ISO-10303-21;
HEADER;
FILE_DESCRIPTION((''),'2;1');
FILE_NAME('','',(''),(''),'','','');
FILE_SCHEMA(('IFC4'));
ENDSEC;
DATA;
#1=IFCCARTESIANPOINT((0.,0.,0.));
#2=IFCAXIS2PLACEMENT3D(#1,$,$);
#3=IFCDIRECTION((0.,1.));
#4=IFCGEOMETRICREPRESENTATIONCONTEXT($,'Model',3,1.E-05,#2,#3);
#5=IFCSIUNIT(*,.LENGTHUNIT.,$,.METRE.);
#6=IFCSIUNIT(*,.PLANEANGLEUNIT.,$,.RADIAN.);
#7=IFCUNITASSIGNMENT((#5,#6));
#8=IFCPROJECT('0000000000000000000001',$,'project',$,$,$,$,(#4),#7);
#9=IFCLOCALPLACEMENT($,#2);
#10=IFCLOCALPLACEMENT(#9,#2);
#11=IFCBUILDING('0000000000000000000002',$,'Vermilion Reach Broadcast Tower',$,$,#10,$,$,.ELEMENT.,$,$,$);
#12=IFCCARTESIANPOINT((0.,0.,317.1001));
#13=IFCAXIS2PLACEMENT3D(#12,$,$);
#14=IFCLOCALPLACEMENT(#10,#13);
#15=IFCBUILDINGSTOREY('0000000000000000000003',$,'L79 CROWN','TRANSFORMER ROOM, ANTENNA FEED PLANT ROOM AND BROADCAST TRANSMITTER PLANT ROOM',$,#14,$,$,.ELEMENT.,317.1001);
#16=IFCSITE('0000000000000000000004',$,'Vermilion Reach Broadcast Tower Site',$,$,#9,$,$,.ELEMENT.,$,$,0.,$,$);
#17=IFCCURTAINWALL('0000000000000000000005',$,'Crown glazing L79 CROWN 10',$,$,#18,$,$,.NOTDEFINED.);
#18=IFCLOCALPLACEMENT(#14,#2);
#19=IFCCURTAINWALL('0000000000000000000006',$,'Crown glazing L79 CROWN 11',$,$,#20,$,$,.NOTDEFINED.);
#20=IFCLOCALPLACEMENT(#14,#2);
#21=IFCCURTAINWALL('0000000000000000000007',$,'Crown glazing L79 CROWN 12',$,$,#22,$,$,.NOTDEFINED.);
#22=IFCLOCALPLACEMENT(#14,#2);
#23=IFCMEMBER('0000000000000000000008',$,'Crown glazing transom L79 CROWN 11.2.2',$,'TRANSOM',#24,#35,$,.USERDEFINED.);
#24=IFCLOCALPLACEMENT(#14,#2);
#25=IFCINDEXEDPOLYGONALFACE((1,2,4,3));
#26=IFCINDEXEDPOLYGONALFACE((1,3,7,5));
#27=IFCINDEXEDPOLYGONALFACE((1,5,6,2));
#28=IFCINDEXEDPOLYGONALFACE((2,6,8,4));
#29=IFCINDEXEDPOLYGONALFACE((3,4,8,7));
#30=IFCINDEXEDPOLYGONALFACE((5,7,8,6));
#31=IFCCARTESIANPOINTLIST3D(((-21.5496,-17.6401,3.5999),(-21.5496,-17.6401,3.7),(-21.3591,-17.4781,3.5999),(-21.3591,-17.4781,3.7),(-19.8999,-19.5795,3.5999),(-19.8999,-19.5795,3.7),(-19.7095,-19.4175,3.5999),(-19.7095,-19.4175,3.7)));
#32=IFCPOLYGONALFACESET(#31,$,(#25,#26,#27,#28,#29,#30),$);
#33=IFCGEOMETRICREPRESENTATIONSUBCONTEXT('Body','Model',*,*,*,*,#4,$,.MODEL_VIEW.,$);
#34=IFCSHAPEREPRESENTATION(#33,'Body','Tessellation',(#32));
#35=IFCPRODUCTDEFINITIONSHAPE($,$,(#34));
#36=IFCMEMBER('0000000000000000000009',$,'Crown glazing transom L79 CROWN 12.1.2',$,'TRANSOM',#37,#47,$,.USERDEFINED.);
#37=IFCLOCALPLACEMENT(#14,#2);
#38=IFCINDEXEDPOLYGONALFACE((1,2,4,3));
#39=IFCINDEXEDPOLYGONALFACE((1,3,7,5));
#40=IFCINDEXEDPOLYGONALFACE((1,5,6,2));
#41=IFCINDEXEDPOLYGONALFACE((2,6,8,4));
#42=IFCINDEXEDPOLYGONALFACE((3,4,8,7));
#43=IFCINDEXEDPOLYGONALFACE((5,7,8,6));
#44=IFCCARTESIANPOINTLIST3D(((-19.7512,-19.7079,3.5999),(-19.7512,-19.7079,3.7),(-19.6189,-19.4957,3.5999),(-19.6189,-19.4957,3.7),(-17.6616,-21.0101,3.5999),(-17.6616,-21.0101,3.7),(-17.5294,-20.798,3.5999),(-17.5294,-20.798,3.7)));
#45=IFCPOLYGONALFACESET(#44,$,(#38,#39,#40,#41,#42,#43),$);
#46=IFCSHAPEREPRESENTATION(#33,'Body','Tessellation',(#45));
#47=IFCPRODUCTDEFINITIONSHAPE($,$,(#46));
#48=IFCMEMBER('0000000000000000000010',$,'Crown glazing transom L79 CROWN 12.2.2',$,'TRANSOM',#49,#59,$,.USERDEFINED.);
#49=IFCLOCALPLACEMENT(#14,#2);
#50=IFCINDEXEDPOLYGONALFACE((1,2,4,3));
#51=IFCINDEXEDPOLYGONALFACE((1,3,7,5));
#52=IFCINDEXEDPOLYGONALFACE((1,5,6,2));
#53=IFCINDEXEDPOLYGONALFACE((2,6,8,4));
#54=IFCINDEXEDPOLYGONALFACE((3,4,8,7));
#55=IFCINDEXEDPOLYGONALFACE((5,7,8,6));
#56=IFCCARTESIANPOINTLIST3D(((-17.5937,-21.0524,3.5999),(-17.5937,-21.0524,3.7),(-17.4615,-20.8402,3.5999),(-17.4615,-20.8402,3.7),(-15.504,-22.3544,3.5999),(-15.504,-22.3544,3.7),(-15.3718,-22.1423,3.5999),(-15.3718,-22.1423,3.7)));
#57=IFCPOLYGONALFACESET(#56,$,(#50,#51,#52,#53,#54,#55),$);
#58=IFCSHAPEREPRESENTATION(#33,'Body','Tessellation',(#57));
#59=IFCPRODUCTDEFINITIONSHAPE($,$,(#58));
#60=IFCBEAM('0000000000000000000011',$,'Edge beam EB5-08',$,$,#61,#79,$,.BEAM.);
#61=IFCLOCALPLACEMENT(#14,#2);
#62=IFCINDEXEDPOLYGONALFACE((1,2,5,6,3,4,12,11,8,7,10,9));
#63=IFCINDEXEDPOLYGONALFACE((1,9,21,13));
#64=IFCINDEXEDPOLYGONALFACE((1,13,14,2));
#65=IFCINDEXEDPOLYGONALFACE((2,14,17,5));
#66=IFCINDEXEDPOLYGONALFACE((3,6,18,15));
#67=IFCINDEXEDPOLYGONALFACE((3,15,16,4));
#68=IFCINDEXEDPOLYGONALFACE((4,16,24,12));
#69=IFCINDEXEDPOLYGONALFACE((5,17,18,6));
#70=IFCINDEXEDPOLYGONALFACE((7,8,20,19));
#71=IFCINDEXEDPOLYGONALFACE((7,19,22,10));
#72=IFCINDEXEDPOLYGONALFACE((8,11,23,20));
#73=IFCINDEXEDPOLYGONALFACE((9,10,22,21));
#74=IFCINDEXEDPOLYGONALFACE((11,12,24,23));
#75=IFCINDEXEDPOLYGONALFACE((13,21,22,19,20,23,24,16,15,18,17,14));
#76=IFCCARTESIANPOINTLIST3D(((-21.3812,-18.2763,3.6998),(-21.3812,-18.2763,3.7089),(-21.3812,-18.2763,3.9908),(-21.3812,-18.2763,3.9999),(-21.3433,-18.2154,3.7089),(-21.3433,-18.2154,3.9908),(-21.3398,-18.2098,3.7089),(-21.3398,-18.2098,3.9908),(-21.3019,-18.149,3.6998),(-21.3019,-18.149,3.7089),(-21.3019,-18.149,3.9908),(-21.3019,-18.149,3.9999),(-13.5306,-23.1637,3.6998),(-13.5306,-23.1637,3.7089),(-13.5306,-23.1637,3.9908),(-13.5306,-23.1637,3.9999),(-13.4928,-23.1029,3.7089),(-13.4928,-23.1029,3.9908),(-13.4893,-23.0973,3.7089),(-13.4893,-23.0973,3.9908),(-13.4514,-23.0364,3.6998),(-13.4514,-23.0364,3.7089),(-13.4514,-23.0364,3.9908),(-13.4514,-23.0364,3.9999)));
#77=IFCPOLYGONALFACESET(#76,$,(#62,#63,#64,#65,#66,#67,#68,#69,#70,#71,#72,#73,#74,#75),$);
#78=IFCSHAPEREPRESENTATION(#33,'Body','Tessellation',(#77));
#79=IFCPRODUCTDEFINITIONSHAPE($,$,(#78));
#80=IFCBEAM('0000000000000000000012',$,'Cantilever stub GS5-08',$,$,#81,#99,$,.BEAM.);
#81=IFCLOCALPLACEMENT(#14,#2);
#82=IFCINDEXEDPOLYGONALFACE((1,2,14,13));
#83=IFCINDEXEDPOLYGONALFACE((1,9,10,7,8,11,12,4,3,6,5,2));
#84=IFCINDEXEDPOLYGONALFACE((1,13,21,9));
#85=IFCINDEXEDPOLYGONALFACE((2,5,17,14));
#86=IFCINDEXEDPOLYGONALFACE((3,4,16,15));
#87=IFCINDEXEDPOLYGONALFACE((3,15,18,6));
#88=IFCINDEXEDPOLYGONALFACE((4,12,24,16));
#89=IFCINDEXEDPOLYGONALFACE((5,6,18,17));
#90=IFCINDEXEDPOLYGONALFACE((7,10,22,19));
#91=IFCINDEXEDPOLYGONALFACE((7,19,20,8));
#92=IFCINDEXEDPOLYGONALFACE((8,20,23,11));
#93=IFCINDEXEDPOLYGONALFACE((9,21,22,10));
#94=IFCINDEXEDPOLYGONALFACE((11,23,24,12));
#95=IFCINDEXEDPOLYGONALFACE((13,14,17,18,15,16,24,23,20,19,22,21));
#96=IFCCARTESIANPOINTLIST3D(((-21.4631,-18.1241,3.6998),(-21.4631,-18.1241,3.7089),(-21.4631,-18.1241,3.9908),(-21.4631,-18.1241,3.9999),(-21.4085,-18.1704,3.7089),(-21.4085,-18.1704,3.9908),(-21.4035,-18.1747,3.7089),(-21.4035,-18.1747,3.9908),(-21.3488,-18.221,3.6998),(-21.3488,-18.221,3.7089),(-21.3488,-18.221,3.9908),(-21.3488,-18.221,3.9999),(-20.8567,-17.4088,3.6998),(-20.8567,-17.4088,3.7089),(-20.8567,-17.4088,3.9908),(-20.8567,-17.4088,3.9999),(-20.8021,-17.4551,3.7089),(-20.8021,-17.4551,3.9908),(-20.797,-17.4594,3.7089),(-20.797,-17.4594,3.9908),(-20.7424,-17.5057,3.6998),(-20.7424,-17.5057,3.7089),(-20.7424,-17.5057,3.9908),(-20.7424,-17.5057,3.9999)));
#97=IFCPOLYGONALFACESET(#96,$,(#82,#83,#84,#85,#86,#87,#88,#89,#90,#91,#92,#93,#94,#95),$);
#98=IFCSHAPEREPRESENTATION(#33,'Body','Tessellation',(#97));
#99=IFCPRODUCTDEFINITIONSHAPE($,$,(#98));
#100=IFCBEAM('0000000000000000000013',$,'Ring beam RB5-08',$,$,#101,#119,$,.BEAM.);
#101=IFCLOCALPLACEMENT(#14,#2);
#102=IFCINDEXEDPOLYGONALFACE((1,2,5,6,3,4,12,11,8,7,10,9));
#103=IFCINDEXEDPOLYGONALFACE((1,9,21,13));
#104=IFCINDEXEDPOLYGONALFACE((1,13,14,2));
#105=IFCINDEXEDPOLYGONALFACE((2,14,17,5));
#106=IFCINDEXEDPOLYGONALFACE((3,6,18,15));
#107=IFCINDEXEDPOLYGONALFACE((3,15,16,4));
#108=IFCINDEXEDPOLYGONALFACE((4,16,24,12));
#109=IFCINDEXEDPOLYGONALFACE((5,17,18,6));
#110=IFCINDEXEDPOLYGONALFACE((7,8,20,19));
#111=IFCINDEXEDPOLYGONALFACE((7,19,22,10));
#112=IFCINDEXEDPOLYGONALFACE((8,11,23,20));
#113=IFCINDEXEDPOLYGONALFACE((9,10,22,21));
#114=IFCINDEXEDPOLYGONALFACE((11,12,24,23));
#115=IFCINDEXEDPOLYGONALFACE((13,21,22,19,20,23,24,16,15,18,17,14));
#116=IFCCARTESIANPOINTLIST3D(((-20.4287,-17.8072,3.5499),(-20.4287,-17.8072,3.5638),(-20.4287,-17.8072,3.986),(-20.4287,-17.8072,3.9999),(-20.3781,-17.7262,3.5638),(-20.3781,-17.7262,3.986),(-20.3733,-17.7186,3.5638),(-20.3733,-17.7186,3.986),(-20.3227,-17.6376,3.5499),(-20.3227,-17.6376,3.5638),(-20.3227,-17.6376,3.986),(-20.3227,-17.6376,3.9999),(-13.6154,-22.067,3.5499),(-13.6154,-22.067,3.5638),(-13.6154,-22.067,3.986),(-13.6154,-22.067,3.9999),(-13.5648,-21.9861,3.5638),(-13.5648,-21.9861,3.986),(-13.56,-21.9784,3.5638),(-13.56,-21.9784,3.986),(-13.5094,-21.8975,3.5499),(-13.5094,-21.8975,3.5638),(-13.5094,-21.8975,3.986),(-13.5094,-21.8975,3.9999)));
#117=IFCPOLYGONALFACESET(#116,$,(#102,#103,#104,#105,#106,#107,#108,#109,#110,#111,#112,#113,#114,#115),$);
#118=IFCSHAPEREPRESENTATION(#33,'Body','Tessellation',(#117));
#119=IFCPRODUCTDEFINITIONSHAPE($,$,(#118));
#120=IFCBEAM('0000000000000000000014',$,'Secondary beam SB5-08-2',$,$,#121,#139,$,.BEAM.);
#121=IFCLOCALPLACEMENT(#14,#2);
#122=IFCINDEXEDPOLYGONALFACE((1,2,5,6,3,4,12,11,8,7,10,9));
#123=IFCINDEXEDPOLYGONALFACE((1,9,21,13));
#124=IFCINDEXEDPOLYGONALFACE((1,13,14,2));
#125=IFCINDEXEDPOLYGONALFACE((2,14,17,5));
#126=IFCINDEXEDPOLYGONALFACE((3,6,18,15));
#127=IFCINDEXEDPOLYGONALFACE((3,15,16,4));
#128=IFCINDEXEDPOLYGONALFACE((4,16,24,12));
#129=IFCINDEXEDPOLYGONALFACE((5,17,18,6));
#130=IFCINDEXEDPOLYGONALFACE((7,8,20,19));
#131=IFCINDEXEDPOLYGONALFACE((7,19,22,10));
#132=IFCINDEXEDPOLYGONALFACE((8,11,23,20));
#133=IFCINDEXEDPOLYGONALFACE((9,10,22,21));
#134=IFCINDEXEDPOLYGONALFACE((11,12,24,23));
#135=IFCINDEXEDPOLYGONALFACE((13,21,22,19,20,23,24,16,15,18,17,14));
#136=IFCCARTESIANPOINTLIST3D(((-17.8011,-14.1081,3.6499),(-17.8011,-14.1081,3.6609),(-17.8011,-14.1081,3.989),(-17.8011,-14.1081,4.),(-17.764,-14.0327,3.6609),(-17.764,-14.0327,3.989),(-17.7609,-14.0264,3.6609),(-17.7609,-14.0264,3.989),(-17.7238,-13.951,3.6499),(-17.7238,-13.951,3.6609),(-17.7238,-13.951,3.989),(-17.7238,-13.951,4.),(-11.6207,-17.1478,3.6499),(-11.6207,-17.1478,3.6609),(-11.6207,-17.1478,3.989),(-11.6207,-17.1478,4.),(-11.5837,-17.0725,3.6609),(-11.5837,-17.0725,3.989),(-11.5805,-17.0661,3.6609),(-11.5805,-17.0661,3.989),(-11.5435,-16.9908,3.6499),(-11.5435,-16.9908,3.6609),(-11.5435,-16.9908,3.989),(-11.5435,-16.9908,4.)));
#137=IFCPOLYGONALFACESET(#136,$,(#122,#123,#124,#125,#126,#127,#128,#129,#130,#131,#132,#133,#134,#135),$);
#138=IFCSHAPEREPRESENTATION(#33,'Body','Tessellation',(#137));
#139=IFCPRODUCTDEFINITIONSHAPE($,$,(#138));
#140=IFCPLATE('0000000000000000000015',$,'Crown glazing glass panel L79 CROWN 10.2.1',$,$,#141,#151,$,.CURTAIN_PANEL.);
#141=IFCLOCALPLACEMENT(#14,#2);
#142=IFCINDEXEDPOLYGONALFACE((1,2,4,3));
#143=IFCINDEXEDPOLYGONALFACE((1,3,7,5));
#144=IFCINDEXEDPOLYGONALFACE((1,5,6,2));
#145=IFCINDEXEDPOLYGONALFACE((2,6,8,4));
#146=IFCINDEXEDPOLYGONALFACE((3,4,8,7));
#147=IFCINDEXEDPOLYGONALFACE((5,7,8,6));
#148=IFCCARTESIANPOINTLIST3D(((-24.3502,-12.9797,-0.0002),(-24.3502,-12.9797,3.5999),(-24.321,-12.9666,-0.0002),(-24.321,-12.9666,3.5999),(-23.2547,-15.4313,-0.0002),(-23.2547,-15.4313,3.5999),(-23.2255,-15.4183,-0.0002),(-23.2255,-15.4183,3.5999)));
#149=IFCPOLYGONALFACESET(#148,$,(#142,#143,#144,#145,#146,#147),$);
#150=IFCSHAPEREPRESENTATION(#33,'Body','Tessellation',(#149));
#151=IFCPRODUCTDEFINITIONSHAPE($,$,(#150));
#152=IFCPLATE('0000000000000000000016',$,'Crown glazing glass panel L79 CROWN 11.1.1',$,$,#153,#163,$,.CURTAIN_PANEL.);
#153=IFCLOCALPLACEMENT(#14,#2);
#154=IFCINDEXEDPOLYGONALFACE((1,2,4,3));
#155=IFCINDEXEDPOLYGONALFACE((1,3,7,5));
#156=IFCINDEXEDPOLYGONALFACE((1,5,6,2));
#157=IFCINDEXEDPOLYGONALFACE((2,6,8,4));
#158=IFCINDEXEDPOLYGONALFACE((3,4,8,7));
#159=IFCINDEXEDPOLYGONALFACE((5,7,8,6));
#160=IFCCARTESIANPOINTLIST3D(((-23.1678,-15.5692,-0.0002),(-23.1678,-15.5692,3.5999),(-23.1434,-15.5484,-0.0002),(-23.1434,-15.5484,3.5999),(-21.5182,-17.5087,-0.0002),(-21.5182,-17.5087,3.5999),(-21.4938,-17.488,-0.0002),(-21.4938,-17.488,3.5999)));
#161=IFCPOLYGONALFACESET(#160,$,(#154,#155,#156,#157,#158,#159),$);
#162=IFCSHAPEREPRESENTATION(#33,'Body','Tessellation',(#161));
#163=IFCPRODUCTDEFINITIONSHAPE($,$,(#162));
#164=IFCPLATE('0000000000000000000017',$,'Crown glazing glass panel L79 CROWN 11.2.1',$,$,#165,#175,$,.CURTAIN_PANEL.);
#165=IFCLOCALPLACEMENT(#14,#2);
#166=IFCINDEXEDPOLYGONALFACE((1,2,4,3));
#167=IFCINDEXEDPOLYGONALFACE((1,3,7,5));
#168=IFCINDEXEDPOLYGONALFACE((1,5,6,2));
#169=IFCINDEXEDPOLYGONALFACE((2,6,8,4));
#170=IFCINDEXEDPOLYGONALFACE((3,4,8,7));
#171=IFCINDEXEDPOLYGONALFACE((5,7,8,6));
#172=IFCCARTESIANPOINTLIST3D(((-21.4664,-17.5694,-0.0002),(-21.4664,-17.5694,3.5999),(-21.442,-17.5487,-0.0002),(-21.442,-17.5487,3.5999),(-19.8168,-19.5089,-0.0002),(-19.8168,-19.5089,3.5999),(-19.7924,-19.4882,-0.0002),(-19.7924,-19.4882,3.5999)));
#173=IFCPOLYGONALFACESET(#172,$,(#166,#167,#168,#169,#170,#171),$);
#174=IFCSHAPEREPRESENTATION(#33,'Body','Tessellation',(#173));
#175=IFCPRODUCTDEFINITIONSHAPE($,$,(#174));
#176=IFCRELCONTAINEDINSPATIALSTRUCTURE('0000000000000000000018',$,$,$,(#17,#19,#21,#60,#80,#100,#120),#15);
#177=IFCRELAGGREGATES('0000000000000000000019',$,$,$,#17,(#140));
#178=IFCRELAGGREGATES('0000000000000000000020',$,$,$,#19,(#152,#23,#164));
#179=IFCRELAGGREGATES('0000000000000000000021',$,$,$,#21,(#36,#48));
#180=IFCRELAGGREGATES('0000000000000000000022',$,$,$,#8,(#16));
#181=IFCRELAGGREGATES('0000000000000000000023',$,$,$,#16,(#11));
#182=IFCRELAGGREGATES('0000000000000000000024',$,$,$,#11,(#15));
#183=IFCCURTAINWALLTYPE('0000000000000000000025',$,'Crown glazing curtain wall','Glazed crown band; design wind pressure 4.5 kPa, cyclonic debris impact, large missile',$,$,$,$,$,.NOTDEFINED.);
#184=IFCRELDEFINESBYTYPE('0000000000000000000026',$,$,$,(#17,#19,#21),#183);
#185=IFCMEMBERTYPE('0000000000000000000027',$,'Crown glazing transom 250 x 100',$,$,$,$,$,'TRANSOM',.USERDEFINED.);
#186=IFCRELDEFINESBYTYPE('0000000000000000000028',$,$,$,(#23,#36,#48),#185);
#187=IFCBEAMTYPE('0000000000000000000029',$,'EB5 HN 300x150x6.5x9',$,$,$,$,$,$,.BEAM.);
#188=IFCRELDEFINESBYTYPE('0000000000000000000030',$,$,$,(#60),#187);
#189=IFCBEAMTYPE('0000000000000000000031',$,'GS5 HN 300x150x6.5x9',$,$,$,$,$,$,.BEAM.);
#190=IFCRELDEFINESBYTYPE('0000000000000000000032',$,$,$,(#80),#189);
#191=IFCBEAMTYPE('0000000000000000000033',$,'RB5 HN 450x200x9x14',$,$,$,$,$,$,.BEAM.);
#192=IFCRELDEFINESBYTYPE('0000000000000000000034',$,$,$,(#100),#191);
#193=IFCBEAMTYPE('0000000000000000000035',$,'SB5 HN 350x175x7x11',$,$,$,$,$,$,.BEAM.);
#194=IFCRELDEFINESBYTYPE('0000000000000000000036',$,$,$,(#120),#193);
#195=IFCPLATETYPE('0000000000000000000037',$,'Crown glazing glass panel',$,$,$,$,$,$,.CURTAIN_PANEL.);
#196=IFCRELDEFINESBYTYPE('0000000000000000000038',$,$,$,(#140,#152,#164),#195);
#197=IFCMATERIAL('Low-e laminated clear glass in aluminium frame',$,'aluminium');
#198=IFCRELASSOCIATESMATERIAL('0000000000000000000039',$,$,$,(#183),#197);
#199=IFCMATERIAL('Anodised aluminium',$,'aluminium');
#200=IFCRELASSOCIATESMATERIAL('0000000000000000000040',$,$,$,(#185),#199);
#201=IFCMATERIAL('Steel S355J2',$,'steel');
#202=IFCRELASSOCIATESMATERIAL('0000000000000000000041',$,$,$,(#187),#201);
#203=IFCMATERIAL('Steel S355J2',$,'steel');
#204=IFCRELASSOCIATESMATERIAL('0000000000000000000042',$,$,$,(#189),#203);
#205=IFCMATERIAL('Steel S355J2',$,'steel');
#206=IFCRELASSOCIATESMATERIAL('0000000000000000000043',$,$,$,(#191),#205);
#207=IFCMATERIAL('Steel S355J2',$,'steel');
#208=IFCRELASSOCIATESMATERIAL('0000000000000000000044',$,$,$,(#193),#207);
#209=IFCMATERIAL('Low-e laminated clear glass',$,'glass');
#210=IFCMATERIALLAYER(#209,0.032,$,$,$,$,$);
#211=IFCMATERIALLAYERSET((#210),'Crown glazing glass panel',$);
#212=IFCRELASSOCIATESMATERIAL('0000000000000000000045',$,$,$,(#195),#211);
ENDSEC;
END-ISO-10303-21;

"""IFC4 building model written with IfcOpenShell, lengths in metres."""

from ifc_helpers import new_model, si_unit, direction, frame, origin, origin_2d, place, context, subcontext, project, spatial, rectangle, i_section, extrude, material, layer, layer_set, material_profile, profile_set, type_object, element, aggregate, save


model = new_model("IFC4")

# Units and contexts
model_context = context("Model", 3, precision=1e-05, world=origin(), true_north=direction((0.0, 1.0)))
body_context = subcontext(model_context, "Body", "Model", "MODEL_VIEW")
ifc_project = project(units=[si_unit("LENGTHUNIT", "METRE"), si_unit("PLANEANGLEUNIT", "RADIAN")], contexts=[model_context])

# Site, building, storey
site_placement = place(None, origin())
site = spatial("IfcSite", under=ifc_project, at=site_placement, Name="Vermilion Reach Broadcast Tower Site", CompositionType="ELEMENT", RefElevation=0.0)
building_placement = place(site_placement, origin())
building = spatial("IfcBuilding", under=site, at=building_placement, Name="Vermilion Reach Broadcast Tower", CompositionType="ELEMENT")
storey_placement = place(building_placement, frame((0.0, 0.0, 317.1001)))
storey = spatial("IfcBuildingStorey", under=building, at=storey_placement, Name="L79 CROWN", Description="TRANSFORMER ROOM, ANTENNA FEED PLANT ROOM AND BROADCAST TRANSMITTER PLANT ROOM", CompositionType="ELEMENT", Elevation=317.1001)

# Curtain wall
ifc_material_1 = material(Name="Low-e laminated clear glass in aluminium frame", Category="aluminium")
curtain_wall_type = type_object("IfcCurtainWallType", Name="Crown glazing curtain wall", Description="Glazed crown band; design wind pressure 4.5 kPa, cyclonic debris impact, large missile", PredefinedType="NOTDEFINED", material=ifc_material_1)
placement = place(storey_placement, origin())
curtain_wall_1 = element("IfcCurtainWall", 1, at=placement, inside=storey, type_object=curtain_wall_type, Name="Crown glazing L79 CROWN 10", PredefinedType="NOTDEFINED")

# Curtain walls
curtain_wall_2 = element("IfcCurtainWall", 2, at=placement, inside=storey, type_object=curtain_wall_type, Name="Crown glazing L79 CROWN 11", PredefinedType="NOTDEFINED")
curtain_wall_3 = element("IfcCurtainWall", 3, at=placement, inside=storey, type_object=curtain_wall_type, Name="Crown glazing L79 CROWN 12", PredefinedType="NOTDEFINED")

# Members
ifc_material_2 = material(Name="Anodised aluminium", Category="aluminium")
ifc_material_profile_1 = material_profile(ifc_material_2, rectangle(XDim=0.25, YDim=0.1001, at=origin_2d()), Name="Crown glazing transom 250 x 100")
ifc_profile_set_1 = profile_set([ifc_material_profile_1], Name="Anodised aluminium")
member_type_1 = type_object("IfcMemberType", Name="Crown glazing transom 250 x 100", ElementType="TRANSOM", PredefinedType="USERDEFINED", material=ifc_profile_set_1)
member_1_placement = place(storey_placement, frame((-21.4543, -17.5591, 3.6499), z_axis=(0.647904, -0.761722, 0.0), x_axis=(0.761722, 0.647904, 0.0)))
member_1 = element("IfcMember", 4, at=member_1_placement, type_object=member_type_1, Name="Crown glazing transom L79 CROWN 11.2.2", ObjectType="TRANSOM", PredefinedType="USERDEFINED", context=body_context, shape_type="SweptSolid", body=[
    extrude(rectangle(XDim=0.25, YDim=0.1001, at=origin_2d()), origin(), (0.0, 0.0, 1.0), 2.5461),
])
member_2_placement = place(storey_placement, frame((-19.6851, -19.6018, 3.6499), z_axis=(0.848683, -0.528902, 0.0), x_axis=(0.528902, 0.848683, 0.0)))
member_2 = element("IfcMember", 5, at=member_2_placement, type_object=member_type_1, Name="Crown glazing transom L79 CROWN 12.1.2", ObjectType="TRANSOM", PredefinedType="USERDEFINED", context=body_context, shape_type="SweptSolid", body=[
    extrude(rectangle(XDim=0.25, YDim=0.1001, at=origin_2d()), origin(), (0.0, 0.0, 1.0), 2.4622),
])
member_3_placement = place(storey_placement, frame((-17.5276, -20.9463, 3.6499), z_axis=(0.848727, -0.528831, 0.0), x_axis=(0.528831, 0.848727, 0.0)))
member_3 = element("IfcMember", 6, at=member_3_placement, type_object=member_type_1, Name="Crown glazing transom L79 CROWN 12.2.2", ObjectType="TRANSOM", PredefinedType="USERDEFINED", context=body_context, shape_type="SweptSolid", body=[
    extrude(rectangle(XDim=0.25, YDim=0.1001, at=origin_2d()), origin(), (0.0, 0.0, 1.0), 2.4622),
])

# Beams
ifc_material_3 = material(Name="Steel S355J2", Category="steel")
ifc_material_profile_2 = material_profile(ifc_material_3, i_section(OverallWidth=0.1499, OverallDepth=0.3, WebThickness=0.0066, FlangeThickness=0.009, at=origin_2d()), Name="S355J2 HN 300x150x6.5x9")
ifc_profile_set_2 = profile_set([ifc_material_profile_2], Name="Steel S355J2")
beam_type_1 = type_object("IfcBeamType", Name="EB5 HN 300x150x6.5x9", PredefinedType="BEAM", material=ifc_profile_set_2)
beam_1_placement = place(storey_placement, frame((-21.3416, -18.2126, 3.8499), z_axis=(0.848928, -0.528508, 0.0), x_axis=(0.528508, 0.848928, 0.0)))
element("IfcBeam", 7, at=beam_1_placement, inside=storey, type_object=beam_type_1, Name="Edge beam EB5-08", PredefinedType="BEAM", context=body_context, shape_type="SweptSolid", body=[
    extrude(i_section(OverallWidth=0.1499, OverallDepth=0.3, WebThickness=0.0066, FlangeThickness=0.009, at=origin_2d()), origin(), (0.0, 0.0, 1.0), 9.2476),
])
ifc_material_4 = material(Name="Steel S355J2", Category="steel")
ifc_material_profile_3 = material_profile(ifc_material_4, i_section(OverallWidth=0.1499, OverallDepth=0.3, WebThickness=0.0066, FlangeThickness=0.009, at=origin_2d()), Name="S355J2 HN 300x150x6.5x9")
ifc_profile_set_3 = profile_set([ifc_material_profile_3], Name="Steel S355J2")
beam_type_2 = type_object("IfcBeamType", Name="GS5 HN 300x150x6.5x9", PredefinedType="BEAM", material=ifc_profile_set_3)
beam_2_placement = place(storey_placement, frame((-20.7996, -17.4573, 3.8499), z_axis=(-0.646665, -0.762774, 0.0), x_axis=(0.762774, -0.646665, 0.0)))
element("IfcBeam", 8, at=beam_2_placement, inside=storey, type_object=beam_type_2, Name="Cantilever stub GS5-08", PredefinedType="BEAM", context=body_context, shape_type="SweptSolid", body=[
    extrude(i_section(OverallWidth=0.1499, OverallDepth=0.3, WebThickness=0.0066, FlangeThickness=0.009, at=origin_2d()), origin(), (0.0, 0.0, 1.0), 0.9377),
])
ifc_material_5 = material(Name="Steel S355J2", Category="steel")
ifc_material_profile_4 = material_profile(ifc_material_5, i_section(OverallWidth=0.2, OverallDepth=0.45, WebThickness=0.009, FlangeThickness=0.0139, at=origin_2d()), Name="S355J2 HN 450x200x9x14")
ifc_profile_set_4 = profile_set([ifc_material_profile_4], Name="Steel S355J2")
beam_type_3 = type_object("IfcBeamType", Name="RB5 HN 450x200x9x14", PredefinedType="BEAM", material=ifc_profile_set_4)
beam_3_placement = place(storey_placement, frame((-20.3757, -17.7224, 3.7749), z_axis=(0.847915, -0.530133, 0.0), x_axis=(0.530133, 0.847915, 0.0)))
element("IfcBeam", 9, at=beam_3_placement, inside=storey, type_object=beam_type_3, Name="Ring beam RB5-08", PredefinedType="BEAM", context=body_context, shape_type="SweptSolid", body=[
    extrude(i_section(OverallWidth=0.2, OverallDepth=0.45, WebThickness=0.009, FlangeThickness=0.0139, at=origin_2d()), origin(), (0.0, 0.0, 1.0), 8.0354),
])
ifc_material_6 = material(Name="Steel S355J2", Category="steel")
ifc_material_profile_5 = material_profile(ifc_material_6, i_section(OverallWidth=0.175, OverallDepth=0.3501, WebThickness=0.0071, FlangeThickness=0.011, at=origin_2d()), Name="S355J2 HN 350x175x7x11")
ifc_profile_set_5 = profile_set([ifc_material_profile_5], Name="Steel S355J2")
beam_type_4 = type_object("IfcBeamType", Name="SB5 HN 350x175x7x11", PredefinedType="BEAM", material=ifc_profile_set_5)
beam_4_placement = place(storey_placement, frame((-17.7625, -14.0295, 3.825), z_axis=(0.897336, -0.441348, 0.0), x_axis=(0.441348, 0.897336, 0.0)))
element("IfcBeam", 10, at=beam_4_placement, inside=storey, type_object=beam_type_4, Name="Secondary beam SB5-08-2", PredefinedType="BEAM", context=body_context, shape_type="SweptSolid", body=[
    extrude(i_section(OverallWidth=0.175, OverallDepth=0.3501, WebThickness=0.0071, FlangeThickness=0.011, at=origin_2d()), origin(), (0.0, 0.0, 1.0), 6.8875),
])

# Plates
ifc_material_7 = material(Name="Low-e laminated clear glass", Category="glass")
ifc_layer_1 = layer(ifc_material_7, 0.032)
ifc_layer_set_1 = layer_set([ifc_layer_1], Name="Crown glazing glass panel")
plate_type = type_object("IfcPlateType", Name="Crown glazing glass panel", PredefinedType="CURTAIN_PANEL", material=ifc_layer_set_1)
plate_1_placement = place(storey_placement, frame((-23.7878, -14.199, -0.0002), z_axis=(0.0, 0.0, 1.0), x_axis=(0.407985, -0.912989, 0.0)))
plate_1 = element("IfcPlate", 11, at=plate_1_placement, type_object=plate_type, Name="Crown glazing glass panel L79 CROWN 10.2.1", PredefinedType="CURTAIN_PANEL", context=body_context, shape_type="SweptSolid", body=[
    extrude(rectangle(XDim=2.6853, YDim=0.032, at=origin_2d()), origin(), (0.0, 0.0, 1.0), 3.6001),
])
aggregate(curtain_wall_1, [plate_1])
plate_2_placement = place(storey_placement, frame((-22.3308, -16.5286, -0.0002), z_axis=(0.0, 0.0, 1.0), x_axis=(0.647871, -0.76175, 0.0)))
plate_2 = element("IfcPlate", 12, at=plate_2_placement, type_object=plate_type, Name="Crown glazing glass panel L79 CROWN 11.1.1", PredefinedType="CURTAIN_PANEL", context=body_context, shape_type="SweptSolid", body=[
    extrude(rectangle(XDim=2.5461, YDim=0.032, at=origin_2d()), origin(), (0.0, 0.0, 1.0), 3.6001),
])
plate_3_placement = place(storey_placement, frame((-20.6294, -18.5288, -0.0002), z_axis=(0.0, 0.0, 1.0), x_axis=(0.647871, -0.76175, 0.0)))
plate_3 = element("IfcPlate", 13, at=plate_3_placement, type_object=plate_type, Name="Crown glazing glass panel L79 CROWN 11.2.1", PredefinedType="CURTAIN_PANEL", context=body_context, shape_type="SweptSolid", body=[
    extrude(rectangle(XDim=2.5461, YDim=0.032, at=origin_2d()), origin(), (0.0, 0.0, 1.0), 3.6001),
])
aggregate(curtain_wall_2, [plate_2, member_1, plate_3])
aggregate(curtain_wall_3, [member_2, member_3])

save(model, "model.ifc")
